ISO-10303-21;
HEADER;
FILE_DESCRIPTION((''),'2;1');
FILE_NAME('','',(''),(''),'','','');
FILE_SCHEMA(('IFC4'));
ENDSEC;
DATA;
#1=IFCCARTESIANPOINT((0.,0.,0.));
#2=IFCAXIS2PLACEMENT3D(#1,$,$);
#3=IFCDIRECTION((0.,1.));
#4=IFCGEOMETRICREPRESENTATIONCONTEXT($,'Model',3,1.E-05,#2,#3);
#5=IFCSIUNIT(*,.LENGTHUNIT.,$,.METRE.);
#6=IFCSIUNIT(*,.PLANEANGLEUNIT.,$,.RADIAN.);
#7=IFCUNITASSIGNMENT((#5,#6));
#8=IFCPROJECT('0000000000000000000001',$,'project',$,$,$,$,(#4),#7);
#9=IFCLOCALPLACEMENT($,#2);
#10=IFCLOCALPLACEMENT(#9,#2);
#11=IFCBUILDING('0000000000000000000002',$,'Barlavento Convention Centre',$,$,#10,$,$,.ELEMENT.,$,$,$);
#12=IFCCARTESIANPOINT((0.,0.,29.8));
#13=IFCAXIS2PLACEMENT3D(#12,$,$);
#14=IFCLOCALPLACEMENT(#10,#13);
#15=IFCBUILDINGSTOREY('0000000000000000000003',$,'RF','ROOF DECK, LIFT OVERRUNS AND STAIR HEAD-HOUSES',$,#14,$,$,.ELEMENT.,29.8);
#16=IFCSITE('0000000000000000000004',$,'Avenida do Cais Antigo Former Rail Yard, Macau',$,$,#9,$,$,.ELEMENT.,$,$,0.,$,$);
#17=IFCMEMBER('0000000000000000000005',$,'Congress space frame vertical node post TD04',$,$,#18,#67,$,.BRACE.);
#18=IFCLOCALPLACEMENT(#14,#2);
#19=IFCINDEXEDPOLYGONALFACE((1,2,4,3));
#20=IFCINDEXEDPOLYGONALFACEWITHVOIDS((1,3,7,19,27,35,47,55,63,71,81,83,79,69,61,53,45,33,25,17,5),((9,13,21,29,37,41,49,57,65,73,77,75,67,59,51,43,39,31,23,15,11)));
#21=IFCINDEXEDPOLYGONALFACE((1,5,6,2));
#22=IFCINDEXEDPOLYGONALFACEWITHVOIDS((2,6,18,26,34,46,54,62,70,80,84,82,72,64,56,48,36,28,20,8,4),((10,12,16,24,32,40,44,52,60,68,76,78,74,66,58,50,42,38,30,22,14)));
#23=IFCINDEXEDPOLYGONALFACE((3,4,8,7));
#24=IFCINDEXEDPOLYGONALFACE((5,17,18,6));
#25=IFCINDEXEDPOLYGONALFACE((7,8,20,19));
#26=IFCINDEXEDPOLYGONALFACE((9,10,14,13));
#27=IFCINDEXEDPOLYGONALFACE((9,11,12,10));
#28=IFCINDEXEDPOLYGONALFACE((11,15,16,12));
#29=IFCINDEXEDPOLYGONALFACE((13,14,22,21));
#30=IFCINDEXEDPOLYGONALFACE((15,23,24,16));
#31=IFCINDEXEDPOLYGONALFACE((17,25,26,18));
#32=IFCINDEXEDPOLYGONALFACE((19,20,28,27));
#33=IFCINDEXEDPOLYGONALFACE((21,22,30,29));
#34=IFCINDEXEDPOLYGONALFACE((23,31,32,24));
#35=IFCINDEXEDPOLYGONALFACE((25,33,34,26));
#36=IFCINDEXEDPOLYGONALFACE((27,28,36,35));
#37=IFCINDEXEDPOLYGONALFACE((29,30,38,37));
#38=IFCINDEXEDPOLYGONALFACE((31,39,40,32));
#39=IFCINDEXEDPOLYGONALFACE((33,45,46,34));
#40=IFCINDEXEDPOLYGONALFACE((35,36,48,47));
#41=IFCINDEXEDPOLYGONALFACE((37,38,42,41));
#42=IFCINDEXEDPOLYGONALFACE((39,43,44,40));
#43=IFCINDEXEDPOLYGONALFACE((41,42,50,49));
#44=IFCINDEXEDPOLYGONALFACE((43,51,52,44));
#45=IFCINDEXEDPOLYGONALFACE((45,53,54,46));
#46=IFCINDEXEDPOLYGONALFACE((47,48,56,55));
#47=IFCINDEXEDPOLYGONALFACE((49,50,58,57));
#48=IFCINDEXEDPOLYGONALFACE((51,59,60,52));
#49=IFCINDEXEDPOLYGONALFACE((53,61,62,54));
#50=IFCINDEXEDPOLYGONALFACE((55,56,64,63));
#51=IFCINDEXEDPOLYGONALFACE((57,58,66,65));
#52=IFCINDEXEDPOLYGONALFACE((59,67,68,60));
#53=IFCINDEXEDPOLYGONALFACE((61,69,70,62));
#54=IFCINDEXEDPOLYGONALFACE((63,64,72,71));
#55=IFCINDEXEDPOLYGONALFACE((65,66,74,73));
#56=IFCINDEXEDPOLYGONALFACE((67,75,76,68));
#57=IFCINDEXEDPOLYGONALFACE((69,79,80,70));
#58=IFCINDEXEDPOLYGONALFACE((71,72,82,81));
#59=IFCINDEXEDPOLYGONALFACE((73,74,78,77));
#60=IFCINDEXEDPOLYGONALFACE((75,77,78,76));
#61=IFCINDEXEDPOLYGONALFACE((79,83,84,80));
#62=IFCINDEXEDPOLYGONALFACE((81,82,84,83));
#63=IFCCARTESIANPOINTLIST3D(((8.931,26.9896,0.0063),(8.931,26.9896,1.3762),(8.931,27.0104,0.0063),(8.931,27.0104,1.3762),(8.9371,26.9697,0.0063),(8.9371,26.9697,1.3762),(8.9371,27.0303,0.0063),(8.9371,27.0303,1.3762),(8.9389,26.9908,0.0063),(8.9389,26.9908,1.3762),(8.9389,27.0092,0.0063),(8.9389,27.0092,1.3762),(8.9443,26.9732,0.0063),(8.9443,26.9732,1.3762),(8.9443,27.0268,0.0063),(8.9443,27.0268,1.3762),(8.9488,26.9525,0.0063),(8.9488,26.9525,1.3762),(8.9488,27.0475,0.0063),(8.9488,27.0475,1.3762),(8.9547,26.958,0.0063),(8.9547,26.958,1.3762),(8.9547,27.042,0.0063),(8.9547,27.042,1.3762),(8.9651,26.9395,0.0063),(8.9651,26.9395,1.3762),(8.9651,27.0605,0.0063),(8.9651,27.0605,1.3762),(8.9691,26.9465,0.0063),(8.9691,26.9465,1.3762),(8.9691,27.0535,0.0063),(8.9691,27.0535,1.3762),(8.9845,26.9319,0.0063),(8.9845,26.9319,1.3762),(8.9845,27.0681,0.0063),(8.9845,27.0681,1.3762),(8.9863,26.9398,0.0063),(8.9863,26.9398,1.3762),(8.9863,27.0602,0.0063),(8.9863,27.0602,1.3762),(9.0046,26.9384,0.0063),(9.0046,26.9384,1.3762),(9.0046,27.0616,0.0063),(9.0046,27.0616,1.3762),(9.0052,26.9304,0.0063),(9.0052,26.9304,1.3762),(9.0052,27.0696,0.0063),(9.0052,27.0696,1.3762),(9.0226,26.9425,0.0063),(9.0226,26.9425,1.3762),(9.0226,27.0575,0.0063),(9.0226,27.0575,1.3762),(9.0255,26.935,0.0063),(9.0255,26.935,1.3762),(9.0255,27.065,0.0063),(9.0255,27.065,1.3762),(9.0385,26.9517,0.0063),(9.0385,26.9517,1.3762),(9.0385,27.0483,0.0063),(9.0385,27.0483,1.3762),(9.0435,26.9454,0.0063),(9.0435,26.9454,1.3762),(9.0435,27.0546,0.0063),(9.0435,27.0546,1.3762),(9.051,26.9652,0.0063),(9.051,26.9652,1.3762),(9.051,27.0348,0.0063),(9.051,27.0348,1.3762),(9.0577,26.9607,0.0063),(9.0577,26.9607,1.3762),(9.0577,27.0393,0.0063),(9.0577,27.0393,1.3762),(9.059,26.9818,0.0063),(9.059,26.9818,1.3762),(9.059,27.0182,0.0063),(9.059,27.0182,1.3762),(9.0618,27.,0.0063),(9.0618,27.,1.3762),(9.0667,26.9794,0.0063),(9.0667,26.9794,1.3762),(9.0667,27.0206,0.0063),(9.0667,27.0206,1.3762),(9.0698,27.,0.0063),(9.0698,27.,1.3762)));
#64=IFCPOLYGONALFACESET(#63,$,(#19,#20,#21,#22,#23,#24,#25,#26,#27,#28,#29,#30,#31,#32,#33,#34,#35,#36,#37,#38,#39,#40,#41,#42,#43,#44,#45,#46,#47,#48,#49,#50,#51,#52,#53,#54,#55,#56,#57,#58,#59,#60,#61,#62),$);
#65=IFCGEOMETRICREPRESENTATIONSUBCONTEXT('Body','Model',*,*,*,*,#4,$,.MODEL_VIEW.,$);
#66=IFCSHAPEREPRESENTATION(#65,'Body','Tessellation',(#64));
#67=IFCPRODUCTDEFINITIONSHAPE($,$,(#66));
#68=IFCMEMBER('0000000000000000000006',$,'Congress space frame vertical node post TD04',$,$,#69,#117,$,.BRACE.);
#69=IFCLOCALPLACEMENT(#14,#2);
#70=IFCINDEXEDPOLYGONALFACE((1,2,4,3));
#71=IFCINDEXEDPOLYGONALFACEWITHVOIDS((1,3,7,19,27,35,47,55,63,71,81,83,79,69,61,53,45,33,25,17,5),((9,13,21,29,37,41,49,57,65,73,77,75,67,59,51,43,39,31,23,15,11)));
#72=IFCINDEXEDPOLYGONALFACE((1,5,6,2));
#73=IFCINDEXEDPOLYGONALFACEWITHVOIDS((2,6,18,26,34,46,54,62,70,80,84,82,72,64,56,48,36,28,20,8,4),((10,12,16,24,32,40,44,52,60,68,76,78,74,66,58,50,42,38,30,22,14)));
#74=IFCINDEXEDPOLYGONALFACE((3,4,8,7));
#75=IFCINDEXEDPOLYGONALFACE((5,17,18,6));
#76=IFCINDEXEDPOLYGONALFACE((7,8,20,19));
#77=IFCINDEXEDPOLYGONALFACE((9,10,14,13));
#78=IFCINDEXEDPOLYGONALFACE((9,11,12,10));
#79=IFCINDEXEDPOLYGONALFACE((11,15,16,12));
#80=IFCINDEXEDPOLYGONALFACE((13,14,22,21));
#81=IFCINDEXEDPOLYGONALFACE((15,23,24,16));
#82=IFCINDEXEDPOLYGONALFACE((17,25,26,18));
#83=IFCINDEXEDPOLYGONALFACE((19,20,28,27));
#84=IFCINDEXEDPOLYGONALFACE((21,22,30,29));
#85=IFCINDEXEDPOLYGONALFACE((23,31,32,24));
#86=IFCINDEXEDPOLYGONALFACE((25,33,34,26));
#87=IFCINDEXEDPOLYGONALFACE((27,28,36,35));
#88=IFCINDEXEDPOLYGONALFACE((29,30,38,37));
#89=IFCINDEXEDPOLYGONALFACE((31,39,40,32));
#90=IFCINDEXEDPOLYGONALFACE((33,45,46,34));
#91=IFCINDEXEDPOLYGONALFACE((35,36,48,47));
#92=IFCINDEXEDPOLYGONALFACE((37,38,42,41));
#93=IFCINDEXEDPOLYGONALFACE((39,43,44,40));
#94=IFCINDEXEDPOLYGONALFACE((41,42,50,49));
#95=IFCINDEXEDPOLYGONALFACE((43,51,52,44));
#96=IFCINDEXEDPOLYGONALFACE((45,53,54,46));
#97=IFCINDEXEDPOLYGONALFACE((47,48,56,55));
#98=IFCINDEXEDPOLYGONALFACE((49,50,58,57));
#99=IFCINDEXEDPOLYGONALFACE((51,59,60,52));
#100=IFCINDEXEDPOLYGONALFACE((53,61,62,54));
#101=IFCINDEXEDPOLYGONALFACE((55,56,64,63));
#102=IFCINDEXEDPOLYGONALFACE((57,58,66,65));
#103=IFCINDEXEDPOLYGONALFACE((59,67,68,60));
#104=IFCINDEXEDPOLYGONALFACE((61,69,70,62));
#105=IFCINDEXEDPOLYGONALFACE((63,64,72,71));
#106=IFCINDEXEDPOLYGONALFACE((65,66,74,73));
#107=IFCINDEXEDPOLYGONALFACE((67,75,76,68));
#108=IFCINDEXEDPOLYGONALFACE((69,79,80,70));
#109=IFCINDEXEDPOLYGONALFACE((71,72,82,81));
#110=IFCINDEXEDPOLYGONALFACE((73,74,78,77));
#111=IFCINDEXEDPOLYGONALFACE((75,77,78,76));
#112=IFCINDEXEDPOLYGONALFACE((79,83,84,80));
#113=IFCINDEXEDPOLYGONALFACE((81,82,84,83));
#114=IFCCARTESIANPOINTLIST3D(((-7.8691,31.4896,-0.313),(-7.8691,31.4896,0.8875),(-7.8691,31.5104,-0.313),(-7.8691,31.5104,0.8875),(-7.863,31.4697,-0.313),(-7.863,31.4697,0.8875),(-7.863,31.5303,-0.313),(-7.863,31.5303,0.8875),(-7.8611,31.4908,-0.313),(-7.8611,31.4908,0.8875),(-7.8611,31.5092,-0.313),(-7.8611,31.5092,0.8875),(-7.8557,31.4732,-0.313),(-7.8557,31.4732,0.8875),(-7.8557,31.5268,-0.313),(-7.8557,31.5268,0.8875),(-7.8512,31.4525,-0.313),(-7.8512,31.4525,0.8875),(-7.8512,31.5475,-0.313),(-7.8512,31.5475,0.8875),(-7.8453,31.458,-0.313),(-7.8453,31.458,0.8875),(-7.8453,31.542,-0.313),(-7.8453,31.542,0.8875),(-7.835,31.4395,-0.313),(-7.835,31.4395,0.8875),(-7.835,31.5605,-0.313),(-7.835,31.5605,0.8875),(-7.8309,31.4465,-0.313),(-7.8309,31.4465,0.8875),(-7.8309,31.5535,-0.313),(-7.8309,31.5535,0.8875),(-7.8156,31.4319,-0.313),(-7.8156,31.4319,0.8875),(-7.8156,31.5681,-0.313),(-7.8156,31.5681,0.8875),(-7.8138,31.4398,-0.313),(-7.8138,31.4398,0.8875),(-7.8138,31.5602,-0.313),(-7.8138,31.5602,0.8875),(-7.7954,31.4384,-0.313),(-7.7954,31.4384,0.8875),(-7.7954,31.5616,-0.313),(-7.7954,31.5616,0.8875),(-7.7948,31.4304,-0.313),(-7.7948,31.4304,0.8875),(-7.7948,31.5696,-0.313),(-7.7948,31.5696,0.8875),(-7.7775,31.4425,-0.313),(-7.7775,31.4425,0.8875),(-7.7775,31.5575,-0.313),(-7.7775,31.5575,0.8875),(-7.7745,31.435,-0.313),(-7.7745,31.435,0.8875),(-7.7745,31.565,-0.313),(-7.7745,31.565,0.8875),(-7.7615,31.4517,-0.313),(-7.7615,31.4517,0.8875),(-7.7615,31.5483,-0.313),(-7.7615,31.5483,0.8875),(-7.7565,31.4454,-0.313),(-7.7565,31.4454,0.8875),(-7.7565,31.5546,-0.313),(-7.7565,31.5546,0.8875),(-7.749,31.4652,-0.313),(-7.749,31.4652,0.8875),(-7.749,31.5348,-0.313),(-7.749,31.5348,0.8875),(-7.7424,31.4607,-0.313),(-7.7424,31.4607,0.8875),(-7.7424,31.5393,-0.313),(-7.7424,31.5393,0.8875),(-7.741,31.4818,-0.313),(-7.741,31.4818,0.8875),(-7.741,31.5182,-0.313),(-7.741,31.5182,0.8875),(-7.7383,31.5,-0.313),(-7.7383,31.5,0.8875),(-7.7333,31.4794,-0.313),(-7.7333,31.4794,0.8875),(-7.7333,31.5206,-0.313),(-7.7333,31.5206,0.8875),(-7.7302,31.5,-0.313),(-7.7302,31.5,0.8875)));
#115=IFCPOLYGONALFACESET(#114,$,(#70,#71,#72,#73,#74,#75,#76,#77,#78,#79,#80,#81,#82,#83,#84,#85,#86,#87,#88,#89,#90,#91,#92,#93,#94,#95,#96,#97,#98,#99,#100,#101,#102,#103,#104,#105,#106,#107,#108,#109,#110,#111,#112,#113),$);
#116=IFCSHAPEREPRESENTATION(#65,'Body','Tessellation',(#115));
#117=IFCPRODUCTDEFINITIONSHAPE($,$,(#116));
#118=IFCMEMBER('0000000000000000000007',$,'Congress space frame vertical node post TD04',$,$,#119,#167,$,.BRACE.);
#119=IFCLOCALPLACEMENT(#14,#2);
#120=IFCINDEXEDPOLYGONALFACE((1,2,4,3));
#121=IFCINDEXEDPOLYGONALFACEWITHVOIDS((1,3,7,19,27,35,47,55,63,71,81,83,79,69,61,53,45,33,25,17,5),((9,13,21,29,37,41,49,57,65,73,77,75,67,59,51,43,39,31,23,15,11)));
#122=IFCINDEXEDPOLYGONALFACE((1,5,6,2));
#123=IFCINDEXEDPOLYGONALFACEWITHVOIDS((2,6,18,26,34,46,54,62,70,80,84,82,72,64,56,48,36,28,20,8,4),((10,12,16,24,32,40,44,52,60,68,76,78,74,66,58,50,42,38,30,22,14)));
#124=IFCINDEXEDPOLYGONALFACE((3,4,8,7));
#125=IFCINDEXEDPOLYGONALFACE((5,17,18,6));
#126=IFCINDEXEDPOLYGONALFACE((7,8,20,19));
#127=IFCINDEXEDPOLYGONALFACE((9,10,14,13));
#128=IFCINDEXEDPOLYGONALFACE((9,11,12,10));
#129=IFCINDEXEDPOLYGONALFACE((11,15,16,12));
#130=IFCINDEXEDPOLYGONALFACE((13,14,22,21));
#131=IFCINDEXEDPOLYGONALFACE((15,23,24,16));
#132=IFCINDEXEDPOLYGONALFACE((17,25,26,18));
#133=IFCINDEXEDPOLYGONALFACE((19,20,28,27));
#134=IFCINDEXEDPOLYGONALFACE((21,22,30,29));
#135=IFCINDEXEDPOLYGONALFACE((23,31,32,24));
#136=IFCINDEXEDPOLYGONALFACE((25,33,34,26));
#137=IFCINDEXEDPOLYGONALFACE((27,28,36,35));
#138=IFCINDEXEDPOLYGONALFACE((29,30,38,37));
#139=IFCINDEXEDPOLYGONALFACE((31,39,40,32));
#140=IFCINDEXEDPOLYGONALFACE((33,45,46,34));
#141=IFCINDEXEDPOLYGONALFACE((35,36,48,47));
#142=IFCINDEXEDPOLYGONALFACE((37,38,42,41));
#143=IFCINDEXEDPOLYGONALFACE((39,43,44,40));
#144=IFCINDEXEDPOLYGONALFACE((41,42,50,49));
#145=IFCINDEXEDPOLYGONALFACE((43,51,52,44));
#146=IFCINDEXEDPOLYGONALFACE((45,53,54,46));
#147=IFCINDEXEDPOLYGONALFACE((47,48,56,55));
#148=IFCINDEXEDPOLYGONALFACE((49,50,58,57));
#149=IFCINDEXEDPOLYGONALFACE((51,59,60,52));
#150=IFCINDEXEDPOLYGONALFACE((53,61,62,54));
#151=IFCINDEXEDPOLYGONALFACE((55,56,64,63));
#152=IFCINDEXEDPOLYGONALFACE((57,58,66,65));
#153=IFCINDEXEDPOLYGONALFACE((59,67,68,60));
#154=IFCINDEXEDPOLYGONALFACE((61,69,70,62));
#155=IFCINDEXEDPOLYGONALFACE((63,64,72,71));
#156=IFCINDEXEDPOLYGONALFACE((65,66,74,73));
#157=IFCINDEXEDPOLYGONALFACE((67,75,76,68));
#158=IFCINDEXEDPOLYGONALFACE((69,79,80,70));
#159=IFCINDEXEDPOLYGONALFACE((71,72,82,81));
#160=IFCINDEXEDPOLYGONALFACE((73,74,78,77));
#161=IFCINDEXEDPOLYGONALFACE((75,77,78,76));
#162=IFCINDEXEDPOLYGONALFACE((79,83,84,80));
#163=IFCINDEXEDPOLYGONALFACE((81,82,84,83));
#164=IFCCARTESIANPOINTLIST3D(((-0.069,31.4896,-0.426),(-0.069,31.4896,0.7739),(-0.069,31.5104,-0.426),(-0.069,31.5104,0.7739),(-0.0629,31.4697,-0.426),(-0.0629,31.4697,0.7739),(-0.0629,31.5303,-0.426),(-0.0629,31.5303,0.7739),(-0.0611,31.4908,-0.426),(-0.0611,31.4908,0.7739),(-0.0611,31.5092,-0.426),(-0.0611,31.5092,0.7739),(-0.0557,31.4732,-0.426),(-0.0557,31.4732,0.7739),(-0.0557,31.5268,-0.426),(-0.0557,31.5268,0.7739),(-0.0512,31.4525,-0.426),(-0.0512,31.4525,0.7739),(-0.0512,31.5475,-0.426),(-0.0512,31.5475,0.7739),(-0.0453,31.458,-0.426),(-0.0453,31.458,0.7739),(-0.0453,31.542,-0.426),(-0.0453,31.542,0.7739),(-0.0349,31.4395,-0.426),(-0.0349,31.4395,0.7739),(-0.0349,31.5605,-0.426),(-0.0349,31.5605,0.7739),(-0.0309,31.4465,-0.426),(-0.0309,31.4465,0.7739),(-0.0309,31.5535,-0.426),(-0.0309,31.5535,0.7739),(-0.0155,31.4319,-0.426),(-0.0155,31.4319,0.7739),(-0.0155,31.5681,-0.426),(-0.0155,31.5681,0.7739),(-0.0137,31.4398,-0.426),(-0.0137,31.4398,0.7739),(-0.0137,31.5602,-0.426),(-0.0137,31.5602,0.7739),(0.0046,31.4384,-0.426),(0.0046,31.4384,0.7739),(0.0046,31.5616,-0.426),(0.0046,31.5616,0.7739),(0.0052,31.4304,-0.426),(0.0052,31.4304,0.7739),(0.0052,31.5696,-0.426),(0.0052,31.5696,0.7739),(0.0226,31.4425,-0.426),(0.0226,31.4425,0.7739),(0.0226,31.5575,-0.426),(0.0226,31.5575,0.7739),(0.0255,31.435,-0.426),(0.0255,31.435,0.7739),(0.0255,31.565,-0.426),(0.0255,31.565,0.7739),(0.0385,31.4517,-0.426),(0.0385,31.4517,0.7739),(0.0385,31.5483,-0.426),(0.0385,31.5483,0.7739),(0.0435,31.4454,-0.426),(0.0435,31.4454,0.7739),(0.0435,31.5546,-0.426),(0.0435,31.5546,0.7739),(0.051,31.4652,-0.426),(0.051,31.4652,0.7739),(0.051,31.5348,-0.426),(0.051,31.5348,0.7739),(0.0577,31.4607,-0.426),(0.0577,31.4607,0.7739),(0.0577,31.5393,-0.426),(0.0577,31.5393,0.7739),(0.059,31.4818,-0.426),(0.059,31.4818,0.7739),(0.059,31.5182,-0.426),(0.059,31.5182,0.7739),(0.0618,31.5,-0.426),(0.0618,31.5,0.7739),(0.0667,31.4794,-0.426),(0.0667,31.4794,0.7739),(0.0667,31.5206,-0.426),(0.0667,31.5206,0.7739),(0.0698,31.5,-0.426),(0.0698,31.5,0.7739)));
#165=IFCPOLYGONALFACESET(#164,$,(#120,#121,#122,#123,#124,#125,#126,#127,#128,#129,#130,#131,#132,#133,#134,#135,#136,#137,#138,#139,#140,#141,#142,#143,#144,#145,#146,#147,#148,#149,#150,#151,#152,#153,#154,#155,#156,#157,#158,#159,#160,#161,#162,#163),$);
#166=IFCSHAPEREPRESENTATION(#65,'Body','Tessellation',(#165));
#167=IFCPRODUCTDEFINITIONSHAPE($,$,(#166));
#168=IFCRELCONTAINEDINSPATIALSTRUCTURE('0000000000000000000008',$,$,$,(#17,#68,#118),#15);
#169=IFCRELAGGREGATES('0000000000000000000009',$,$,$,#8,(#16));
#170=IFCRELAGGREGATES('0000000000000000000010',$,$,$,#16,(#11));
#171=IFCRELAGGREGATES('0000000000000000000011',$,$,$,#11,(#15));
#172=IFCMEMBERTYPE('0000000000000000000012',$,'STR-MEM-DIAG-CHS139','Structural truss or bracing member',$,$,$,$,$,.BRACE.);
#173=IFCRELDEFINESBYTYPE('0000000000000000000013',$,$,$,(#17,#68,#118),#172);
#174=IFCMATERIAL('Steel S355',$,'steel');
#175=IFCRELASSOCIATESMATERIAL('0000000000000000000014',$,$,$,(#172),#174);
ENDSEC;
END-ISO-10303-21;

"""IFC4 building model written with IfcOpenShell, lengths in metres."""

from ifc_helpers import new_model, si_unit, direction, frame, origin, origin_2d, place, context, subcontext, project, spatial, hollow_circle, extrude, material, material_profile, profile_set, type_object, element, save


model = new_model("IFC4")

# Units and contexts
model_context = context("Model", 3, precision=1e-05, world=origin(), true_north=direction((0.0, 1.0)))
body_context = subcontext(model_context, "Body", "Model", "MODEL_VIEW")
ifc_project = project(units=[si_unit("LENGTHUNIT", "METRE"), si_unit("PLANEANGLEUNIT", "RADIAN")], contexts=[model_context])

# Site, building, storey
site_placement = place(None, origin())
site = spatial("IfcSite", under=ifc_project, at=site_placement, Name="Avenida do Cais Antigo Former Rail Yard, Macau", CompositionType="ELEMENT", RefElevation=0.0)
building_placement = place(site_placement, origin())
building = spatial("IfcBuilding", under=site, at=building_placement, Name="Barlavento Convention Centre", CompositionType="ELEMENT")
storey_placement = place(building_placement, frame((0.0, 0.0, 29.8)))
storey = spatial("IfcBuildingStorey", under=building, at=storey_placement, Name="RF", Description="ROOF DECK, LIFT OVERRUNS AND STAIR HEAD-HOUSES", CompositionType="ELEMENT", Elevation=29.8)

# Shared definitions
ifc_material_1 = material(Name="Steel S355", Category="steel")

# Members
ifc_material_profile_1 = material_profile(ifc_material_1, hollow_circle(Radius=0.0698, WallThickness=0.0081, at=origin_2d()), Name="CHS 139.7x8.0")
ifc_profile_set_1 = profile_set([ifc_material_profile_1], Name="Steel S355")
member_type_1 = type_object("IfcMemberType", Name="STR-MEM-DIAG-CHS139", Description="Structural truss or bracing member", PredefinedType="BRACE", material=ifc_profile_set_1)
for number, where, z_axis, x_axis, name in (
    (1, (9.0, 27.0, 0.0063), (0.0, 0.0, 1.0), (1.0, 0.0, 0.0), "Congress space frame vertical node post TD04"),
):
    element("IfcMember", number, at=place(storey_placement, frame(where, z_axis=z_axis, x_axis=x_axis)), inside=storey, type_object=member_type_1, Name=name, PredefinedType="BRACE", context=body_context, shape_type="SweptSolid", body=[
        extrude(hollow_circle(Radius=0.0698, WallThickness=0.0081, at=origin_2d()), origin(), (0.0, 0.0, 1.0), 1.3699),
    ])
member_1_placement = place(storey_placement, frame((-7.8, 31.5, -0.313), z_axis=(0.0, 0.0, 1.0), x_axis=(1.0, 0.0, 0.0)))
element("IfcMember", 2, at=member_1_placement, inside=storey, type_object=member_type_1, Name="Congress space frame vertical node post TD04", PredefinedType="BRACE", context=body_context, shape_type="SweptSolid", body=[
    extrude(hollow_circle(Radius=0.0698, WallThickness=0.0081, at=origin_2d()), origin(), (0.0, 0.0, 1.0), 1.2004),
])
member_2_placement = place(storey_placement, frame((0.0, 31.5, -0.426), z_axis=(0.0, 0.0, 1.0), x_axis=(1.0, 0.0, 0.0)))
element("IfcMember", 3, at=member_2_placement, inside=storey, type_object=member_type_1, Name="Congress space frame vertical node post TD04", PredefinedType="BRACE", context=body_context, shape_type="SweptSolid", body=[
    extrude(hollow_circle(Radius=0.0698, WallThickness=0.0081, at=origin_2d()), origin(), (0.0, 0.0, 1.0), 1.2),
])

save(model, "model.ifc")
